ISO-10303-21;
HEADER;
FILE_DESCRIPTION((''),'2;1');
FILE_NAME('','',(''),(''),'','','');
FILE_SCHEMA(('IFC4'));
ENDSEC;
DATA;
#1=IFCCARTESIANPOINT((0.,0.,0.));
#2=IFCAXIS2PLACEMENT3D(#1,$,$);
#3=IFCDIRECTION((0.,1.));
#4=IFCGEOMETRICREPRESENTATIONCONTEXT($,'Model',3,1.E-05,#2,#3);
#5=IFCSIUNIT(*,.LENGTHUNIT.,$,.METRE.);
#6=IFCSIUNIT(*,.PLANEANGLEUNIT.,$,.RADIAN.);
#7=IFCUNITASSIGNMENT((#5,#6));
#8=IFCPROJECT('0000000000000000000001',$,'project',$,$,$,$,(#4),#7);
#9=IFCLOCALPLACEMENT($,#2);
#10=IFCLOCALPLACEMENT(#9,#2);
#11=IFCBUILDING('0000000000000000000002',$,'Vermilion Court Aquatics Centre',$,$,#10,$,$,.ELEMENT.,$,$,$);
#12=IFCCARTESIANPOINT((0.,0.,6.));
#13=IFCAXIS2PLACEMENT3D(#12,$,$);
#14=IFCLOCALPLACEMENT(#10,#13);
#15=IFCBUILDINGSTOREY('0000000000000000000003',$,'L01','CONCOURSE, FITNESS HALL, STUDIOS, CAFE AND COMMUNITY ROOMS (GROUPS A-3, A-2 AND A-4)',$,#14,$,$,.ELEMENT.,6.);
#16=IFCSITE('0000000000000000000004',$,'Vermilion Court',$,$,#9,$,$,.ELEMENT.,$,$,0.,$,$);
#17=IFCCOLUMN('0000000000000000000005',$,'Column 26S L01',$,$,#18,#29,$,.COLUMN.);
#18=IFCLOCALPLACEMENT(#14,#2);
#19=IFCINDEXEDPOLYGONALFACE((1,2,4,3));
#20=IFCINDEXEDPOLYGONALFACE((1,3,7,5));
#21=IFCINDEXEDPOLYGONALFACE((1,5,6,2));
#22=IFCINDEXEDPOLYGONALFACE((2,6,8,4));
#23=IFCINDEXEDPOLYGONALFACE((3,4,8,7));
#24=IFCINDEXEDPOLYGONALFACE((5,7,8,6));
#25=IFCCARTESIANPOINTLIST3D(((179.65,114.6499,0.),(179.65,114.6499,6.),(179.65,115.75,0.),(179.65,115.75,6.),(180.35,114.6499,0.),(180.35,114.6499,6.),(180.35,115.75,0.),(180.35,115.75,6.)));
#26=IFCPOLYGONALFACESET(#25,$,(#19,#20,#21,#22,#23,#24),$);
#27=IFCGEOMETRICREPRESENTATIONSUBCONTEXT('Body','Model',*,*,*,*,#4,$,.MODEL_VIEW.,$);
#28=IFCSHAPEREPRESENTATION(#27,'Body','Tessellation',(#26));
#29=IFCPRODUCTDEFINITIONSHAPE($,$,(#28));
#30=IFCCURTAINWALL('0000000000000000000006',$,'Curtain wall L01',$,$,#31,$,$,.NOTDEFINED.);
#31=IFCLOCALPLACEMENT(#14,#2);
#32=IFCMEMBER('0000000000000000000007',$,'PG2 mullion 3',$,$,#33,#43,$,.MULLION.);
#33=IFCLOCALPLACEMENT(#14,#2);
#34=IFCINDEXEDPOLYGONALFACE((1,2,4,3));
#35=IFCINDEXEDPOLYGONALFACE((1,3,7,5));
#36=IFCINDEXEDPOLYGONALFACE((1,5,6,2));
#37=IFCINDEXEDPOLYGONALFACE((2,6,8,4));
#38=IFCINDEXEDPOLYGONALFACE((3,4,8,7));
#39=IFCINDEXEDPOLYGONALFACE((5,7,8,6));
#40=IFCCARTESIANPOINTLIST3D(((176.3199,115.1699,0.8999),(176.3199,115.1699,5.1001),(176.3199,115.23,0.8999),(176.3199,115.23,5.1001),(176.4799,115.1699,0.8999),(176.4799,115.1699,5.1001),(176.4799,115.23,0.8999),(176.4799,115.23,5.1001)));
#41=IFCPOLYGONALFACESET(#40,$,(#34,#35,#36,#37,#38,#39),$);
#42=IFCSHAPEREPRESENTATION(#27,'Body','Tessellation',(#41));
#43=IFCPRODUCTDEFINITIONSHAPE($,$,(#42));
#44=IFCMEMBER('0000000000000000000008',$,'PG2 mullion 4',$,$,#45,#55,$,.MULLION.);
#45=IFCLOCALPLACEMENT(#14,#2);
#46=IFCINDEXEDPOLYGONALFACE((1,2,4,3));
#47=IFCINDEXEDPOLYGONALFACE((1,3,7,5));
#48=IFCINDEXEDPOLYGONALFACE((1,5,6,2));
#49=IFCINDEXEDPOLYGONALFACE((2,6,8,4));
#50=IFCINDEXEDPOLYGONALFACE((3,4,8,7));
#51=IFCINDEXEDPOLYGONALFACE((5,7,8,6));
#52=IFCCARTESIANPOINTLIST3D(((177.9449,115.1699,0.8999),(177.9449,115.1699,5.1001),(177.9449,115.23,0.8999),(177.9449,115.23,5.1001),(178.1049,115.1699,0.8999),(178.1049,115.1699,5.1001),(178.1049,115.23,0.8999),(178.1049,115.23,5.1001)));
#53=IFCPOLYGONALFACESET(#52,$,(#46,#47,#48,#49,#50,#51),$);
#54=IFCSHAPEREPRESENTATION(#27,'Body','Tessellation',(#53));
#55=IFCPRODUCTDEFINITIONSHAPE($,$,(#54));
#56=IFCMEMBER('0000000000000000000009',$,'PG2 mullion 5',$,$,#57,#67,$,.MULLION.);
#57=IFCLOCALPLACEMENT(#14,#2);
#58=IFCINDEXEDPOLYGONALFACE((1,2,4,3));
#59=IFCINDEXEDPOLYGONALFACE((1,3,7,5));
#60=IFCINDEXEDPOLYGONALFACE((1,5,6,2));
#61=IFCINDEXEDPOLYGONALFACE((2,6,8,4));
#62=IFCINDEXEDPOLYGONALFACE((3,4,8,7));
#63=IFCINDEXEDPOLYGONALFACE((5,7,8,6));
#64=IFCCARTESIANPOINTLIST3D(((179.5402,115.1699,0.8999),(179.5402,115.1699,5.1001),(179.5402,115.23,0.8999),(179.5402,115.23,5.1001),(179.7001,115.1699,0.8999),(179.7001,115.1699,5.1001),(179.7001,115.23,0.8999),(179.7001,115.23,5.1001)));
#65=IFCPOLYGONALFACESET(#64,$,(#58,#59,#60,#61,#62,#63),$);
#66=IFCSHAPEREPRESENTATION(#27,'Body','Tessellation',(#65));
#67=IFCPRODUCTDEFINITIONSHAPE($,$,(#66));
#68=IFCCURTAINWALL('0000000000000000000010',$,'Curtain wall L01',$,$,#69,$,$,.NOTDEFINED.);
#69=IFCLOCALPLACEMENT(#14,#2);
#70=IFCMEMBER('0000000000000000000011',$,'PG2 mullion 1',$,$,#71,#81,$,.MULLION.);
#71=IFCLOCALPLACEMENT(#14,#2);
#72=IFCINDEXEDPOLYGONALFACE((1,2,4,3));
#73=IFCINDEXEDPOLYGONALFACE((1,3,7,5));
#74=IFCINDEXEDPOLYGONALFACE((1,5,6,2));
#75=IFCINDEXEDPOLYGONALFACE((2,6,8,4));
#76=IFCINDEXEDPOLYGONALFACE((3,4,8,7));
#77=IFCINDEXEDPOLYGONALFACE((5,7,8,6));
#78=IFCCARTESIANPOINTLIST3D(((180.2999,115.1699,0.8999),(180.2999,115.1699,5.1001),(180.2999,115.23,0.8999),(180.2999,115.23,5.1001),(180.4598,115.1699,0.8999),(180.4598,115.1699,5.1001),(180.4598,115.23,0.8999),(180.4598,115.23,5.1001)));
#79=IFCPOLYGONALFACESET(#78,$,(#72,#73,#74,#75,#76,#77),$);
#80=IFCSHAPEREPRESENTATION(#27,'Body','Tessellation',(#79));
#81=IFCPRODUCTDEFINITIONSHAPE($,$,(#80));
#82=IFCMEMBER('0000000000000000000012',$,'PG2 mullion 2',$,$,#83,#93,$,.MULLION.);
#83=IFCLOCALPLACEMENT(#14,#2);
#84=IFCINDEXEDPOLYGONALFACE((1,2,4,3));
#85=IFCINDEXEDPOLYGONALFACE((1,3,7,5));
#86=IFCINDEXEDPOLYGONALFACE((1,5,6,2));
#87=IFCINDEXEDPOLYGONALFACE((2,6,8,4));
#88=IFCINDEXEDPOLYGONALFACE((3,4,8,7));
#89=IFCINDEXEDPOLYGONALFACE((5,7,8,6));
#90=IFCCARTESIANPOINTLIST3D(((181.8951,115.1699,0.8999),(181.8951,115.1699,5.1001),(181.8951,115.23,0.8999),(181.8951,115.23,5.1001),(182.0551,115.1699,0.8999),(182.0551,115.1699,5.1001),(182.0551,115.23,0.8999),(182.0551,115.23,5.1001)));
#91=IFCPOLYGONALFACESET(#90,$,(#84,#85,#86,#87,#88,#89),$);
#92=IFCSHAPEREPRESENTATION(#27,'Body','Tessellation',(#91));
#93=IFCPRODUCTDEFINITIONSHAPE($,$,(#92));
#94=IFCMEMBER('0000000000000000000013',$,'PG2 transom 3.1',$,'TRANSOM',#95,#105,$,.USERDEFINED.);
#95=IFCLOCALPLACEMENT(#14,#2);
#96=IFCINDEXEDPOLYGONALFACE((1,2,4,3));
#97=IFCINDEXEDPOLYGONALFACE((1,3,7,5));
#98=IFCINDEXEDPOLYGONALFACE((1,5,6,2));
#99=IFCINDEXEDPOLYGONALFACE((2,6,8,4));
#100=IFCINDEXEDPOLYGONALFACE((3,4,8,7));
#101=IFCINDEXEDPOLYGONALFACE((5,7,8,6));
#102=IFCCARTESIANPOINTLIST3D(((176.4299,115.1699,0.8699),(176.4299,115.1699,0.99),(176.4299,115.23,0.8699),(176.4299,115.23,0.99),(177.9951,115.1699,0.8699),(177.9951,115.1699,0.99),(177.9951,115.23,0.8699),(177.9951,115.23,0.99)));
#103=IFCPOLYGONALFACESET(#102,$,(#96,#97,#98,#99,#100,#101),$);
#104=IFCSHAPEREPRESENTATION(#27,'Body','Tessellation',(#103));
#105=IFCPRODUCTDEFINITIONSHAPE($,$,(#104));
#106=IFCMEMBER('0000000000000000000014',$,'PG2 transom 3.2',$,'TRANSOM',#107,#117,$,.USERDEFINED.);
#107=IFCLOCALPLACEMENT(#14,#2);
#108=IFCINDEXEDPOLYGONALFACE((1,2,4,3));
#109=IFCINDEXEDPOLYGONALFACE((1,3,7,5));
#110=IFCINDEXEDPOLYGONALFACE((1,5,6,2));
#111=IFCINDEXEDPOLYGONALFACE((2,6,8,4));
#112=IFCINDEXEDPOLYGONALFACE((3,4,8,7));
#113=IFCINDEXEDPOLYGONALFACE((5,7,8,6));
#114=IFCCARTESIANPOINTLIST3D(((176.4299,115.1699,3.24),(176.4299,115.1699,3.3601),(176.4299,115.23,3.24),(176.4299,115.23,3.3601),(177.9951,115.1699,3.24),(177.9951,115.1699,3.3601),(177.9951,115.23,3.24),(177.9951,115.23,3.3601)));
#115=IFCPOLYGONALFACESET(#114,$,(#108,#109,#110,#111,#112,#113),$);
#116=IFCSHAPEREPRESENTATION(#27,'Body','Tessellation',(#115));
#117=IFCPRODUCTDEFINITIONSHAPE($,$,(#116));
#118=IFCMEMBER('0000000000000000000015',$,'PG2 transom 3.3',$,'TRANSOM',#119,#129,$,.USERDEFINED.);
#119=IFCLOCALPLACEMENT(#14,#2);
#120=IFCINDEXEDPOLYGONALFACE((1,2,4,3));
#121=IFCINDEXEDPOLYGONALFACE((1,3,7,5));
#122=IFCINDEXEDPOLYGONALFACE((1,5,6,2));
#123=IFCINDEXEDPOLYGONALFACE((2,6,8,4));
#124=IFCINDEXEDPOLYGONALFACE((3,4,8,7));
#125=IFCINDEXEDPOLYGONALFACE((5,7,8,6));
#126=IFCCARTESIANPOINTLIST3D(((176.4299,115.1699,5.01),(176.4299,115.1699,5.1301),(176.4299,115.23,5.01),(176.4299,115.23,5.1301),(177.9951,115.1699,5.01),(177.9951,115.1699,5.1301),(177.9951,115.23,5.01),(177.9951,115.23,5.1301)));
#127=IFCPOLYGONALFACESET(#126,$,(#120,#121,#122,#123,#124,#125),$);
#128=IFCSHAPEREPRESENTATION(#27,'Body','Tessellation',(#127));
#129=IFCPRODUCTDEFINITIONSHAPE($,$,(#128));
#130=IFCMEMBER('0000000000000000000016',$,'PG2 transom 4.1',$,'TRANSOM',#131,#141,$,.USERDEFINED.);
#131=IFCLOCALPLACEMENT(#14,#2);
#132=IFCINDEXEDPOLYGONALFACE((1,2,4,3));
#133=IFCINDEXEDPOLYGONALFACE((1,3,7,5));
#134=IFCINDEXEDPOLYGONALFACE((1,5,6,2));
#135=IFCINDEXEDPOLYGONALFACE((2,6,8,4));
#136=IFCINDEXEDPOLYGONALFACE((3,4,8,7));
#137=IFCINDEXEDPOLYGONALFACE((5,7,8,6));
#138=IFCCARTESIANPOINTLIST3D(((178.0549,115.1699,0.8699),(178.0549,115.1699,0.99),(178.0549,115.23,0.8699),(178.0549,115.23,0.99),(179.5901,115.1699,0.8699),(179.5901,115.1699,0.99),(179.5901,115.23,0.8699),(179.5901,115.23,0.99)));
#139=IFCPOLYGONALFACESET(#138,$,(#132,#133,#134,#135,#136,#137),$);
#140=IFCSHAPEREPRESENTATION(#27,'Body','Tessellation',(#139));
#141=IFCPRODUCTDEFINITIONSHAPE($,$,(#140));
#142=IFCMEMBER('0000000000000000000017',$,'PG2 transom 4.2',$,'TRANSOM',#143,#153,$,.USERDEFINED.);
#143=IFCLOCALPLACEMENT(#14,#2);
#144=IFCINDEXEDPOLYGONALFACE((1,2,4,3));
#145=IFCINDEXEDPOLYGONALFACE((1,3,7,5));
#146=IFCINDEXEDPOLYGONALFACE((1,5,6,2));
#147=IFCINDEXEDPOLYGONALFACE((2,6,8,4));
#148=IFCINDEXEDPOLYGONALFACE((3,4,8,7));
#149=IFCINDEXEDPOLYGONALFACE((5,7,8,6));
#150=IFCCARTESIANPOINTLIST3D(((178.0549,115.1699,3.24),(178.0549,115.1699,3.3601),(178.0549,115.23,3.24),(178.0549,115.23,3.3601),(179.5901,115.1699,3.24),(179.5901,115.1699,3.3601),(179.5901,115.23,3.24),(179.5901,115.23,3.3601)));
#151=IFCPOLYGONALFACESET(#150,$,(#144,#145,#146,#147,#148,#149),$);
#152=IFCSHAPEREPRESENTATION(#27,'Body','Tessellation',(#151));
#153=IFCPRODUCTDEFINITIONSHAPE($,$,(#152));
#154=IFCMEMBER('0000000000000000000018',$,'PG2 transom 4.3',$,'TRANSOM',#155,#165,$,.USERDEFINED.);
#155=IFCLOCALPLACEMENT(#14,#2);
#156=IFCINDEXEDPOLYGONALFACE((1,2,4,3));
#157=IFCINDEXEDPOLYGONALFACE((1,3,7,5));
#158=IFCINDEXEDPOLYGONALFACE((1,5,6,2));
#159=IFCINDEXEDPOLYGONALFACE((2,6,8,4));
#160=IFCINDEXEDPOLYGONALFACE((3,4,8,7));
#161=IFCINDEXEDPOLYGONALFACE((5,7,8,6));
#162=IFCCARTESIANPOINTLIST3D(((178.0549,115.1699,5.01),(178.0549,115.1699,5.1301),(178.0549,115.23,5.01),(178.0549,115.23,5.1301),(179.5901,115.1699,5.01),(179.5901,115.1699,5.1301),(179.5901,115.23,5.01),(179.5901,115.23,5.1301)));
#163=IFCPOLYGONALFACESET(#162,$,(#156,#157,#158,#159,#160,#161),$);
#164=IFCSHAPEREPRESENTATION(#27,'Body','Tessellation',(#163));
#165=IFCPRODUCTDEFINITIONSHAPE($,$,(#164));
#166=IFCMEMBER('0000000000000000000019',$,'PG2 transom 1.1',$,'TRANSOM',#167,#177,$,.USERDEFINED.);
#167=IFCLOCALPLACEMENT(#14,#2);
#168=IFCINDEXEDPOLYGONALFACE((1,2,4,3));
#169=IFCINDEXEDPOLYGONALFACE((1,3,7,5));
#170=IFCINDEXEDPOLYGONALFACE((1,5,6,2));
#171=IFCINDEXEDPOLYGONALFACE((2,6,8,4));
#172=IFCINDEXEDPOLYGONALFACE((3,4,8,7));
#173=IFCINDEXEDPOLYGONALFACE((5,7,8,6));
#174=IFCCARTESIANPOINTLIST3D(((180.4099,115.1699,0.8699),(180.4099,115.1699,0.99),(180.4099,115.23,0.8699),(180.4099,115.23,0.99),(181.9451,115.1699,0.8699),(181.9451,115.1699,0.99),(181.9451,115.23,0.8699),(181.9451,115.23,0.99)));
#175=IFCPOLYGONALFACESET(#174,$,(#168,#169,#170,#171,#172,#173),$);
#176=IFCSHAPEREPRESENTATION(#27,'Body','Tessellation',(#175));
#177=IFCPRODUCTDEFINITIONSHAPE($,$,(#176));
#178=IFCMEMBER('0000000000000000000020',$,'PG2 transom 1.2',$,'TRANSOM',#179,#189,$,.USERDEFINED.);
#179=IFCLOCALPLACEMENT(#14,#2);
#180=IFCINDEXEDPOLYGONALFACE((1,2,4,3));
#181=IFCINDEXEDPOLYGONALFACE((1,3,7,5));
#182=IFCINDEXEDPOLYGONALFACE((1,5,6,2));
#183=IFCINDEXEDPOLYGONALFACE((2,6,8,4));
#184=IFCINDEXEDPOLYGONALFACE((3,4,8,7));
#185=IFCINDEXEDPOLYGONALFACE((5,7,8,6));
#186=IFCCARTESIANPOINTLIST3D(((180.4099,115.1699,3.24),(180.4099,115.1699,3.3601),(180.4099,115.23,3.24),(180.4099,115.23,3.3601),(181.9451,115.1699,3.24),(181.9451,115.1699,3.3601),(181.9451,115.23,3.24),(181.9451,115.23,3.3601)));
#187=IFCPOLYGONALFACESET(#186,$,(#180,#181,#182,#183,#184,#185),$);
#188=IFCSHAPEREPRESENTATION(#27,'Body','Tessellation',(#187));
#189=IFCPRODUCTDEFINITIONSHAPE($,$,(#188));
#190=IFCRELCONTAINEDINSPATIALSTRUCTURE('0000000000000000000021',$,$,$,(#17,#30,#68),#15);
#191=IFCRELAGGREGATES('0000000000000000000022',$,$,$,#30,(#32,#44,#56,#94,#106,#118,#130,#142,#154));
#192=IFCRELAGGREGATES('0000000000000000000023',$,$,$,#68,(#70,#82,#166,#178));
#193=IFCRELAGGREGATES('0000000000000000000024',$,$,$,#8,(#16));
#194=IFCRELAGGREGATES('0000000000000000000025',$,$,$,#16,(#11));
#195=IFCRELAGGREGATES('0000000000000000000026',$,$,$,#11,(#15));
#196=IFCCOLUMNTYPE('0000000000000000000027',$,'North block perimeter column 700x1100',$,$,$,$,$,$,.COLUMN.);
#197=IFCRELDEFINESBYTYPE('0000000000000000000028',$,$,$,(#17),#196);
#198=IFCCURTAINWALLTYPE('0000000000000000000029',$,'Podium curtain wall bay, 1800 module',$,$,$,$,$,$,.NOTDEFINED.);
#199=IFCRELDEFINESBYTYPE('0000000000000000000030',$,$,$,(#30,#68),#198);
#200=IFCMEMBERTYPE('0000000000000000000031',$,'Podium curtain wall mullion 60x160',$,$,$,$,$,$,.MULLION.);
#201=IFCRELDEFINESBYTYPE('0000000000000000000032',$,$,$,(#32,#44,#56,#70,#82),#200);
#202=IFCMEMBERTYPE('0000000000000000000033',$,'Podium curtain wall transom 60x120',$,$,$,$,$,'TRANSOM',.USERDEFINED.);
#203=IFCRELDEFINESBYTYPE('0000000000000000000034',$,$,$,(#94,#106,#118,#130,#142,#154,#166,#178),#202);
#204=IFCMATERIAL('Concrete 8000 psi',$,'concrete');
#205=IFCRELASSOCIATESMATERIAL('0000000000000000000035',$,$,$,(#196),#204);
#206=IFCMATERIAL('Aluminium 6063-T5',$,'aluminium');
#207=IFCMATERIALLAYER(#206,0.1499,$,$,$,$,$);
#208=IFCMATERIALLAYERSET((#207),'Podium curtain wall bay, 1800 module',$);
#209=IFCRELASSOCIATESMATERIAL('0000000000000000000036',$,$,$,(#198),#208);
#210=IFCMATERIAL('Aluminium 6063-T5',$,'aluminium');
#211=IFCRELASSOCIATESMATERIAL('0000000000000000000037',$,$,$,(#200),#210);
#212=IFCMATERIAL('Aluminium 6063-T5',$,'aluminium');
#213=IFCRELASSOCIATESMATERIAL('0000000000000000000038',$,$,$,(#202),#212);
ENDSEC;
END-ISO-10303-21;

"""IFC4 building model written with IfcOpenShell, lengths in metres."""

from ifc_helpers import new_model, si_unit, direction, frame, origin, origin_2d, place, context, subcontext, project, spatial, rectangle, extrude, material, layer, layer_set, material_profile, profile_set, type_object, element, aggregate, save


model = new_model("IFC4")

# Units and contexts
model_context = context("Model", 3, precision=1e-05, world=origin(), true_north=direction((0.0, 1.0)))
body_context = subcontext(model_context, "Body", "Model", "MODEL_VIEW")
ifc_project = project(units=[si_unit("LENGTHUNIT", "METRE"), si_unit("PLANEANGLEUNIT", "RADIAN")], contexts=[model_context])

# Site, building, storey
site_placement = place(None, origin())
site = spatial("IfcSite", under=ifc_project, at=site_placement, Name="Vermilion Court", CompositionType="ELEMENT", RefElevation=0.0)
building_placement = place(site_placement, origin())
building = spatial("IfcBuilding", under=site, at=building_placement, Name="Vermilion Court Aquatics Centre", CompositionType="ELEMENT")
storey_placement = place(building_placement, frame((0.0, 0.0, 6.0)))
storey = spatial("IfcBuildingStorey", under=building, at=storey_placement, Name="L01", Description="CONCOURSE, FITNESS HALL, STUDIOS, CAFE AND COMMUNITY ROOMS (GROUPS A-3, A-2 AND A-4)", CompositionType="ELEMENT", Elevation=6.0)

# Column
ifc_material_1 = material(Name="Concrete 8000 psi", Category="concrete")
ifc_material_profile_1 = material_profile(ifc_material_1, rectangle(XDim=0.7, YDim=1.1001, at=origin_2d()), Name="RC 700x1100")
ifc_profile_set_1 = profile_set([ifc_material_profile_1], Name="Concrete 8000 psi")
column_type = type_object("IfcColumnType", Name="North block perimeter column 700x1100", PredefinedType="COLUMN", material=ifc_profile_set_1)
column_placement = place(storey_placement, frame((180.0, 115.2, 0.0), z_axis=(0.0, 0.0, 1.0), x_axis=(1.0, 0.0, 0.0)))
element("IfcColumn", 1, at=column_placement, inside=storey, type_object=column_type, Name="Column 26S L01", PredefinedType="COLUMN", context=body_context, shape_type="SweptSolid", body=[
    extrude(rectangle(XDim=0.7, YDim=1.1001, at=origin_2d()), origin(), (0.0, 0.0, 1.0), 6.0),
])

# Curtain walls, members
ifc_material_2 = material(Name="Aluminium 6063-T5", Category="aluminium")
ifc_layer_1 = layer(ifc_material_2, 0.1499)
ifc_layer_set_1 = layer_set([ifc_layer_1], Name="Podium curtain wall bay, 1800 module")
curtain_wall_type = type_object("IfcCurtainWallType", Name="Podium curtain wall bay, 1800 module", PredefinedType="NOTDEFINED", material=ifc_layer_set_1)
curtain_wall_1_placement = place(storey_placement, origin())
curtain_wall_1 = element("IfcCurtainWall", 2, at=curtain_wall_1_placement, inside=storey, type_object=curtain_wall_type, Name="Curtain wall L01", PredefinedType="NOTDEFINED")
ifc_material_3 = material(Name="Aluminium 6063-T5", Category="aluminium")
ifc_material_profile_2 = material_profile(ifc_material_3, rectangle(XDim=0.0601, YDim=0.1599, at=origin_2d()), Name="Mullion 60x160")
ifc_profile_set_2 = profile_set([ifc_material_profile_2], Name="Aluminium 6063-T5")
member_type_1 = type_object("IfcMemberType", Name="Podium curtain wall mullion 60x160", PredefinedType="MULLION", material=ifc_profile_set_2)
member_1_placement = place(storey_placement, frame((176.3999, 115.2, 0.8999), z_axis=(0.0, 0.0, 1.0), x_axis=(0.0, 1.0, 0.0)))
member_1 = element("IfcMember", 3, at=member_1_placement, type_object=member_type_1, Name="PG2 mullion 3", PredefinedType="MULLION", context=body_context, shape_type="SweptSolid", body=[
    extrude(rectangle(XDim=0.0601, YDim=0.1599, at=origin_2d()), origin(), (0.0, 0.0, 1.0), 4.2002),
])
member_2_placement = place(storey_placement, frame((178.0249, 115.2, 0.8999), z_axis=(0.0, 0.0, 1.0), x_axis=(0.0, 1.0, 0.0)))
member_2 = element("IfcMember", 4, at=member_2_placement, type_object=member_type_1, Name="PG2 mullion 4", PredefinedType="MULLION", context=body_context, shape_type="SweptSolid", body=[
    extrude(rectangle(XDim=0.0601, YDim=0.1599, at=origin_2d()), origin(), (0.0, 0.0, 1.0), 4.2002),
])
member_3_placement = place(storey_placement, frame((179.6201, 115.2, 0.8999), z_axis=(0.0, 0.0, 1.0), x_axis=(0.0, 1.0, 0.0)))
member_3 = element("IfcMember", 5, at=member_3_placement, type_object=member_type_1, Name="PG2 mullion 5", PredefinedType="MULLION", context=body_context, shape_type="SweptSolid", body=[
    extrude(rectangle(XDim=0.0601, YDim=0.1599, at=origin_2d()), origin(), (0.0, 0.0, 1.0), 4.2002),
])
curtain_wall_2_placement = place(storey_placement, origin())
curtain_wall_2 = element("IfcCurtainWall", 6, at=curtain_wall_2_placement, inside=storey, type_object=curtain_wall_type, Name="Curtain wall L01", PredefinedType="NOTDEFINED")
member_4_placement = place(storey_placement, frame((180.3799, 115.2, 0.8999), z_axis=(0.0, 0.0, 1.0), x_axis=(0.0, 1.0, 0.0)))
member_4 = element("IfcMember", 7, at=member_4_placement, type_object=member_type_1, Name="PG2 mullion 1", PredefinedType="MULLION", context=body_context, shape_type="SweptSolid", body=[
    extrude(rectangle(XDim=0.0601, YDim=0.1599, at=origin_2d()), origin(), (0.0, 0.0, 1.0), 4.2002),
])
member_5_placement = place(storey_placement, frame((181.9751, 115.2, 0.8999), z_axis=(0.0, 0.0, 1.0), x_axis=(0.0, 1.0, 0.0)))
member_5 = element("IfcMember", 8, at=member_5_placement, type_object=member_type_1, Name="PG2 mullion 2", PredefinedType="MULLION", context=body_context, shape_type="SweptSolid", body=[
    extrude(rectangle(XDim=0.0601, YDim=0.1599, at=origin_2d()), origin(), (0.0, 0.0, 1.0), 4.2002),
])

# Members
ifc_material_4 = material(Name="Aluminium 6063-T5", Category="aluminium")
ifc_material_profile_3 = material_profile(ifc_material_4, rectangle(XDim=0.0601, YDim=0.1201, at=origin_2d()), Name="Transom 60x120")
ifc_profile_set_3 = profile_set([ifc_material_profile_3], Name="Aluminium 6063-T5")
member_type_2 = type_object("IfcMemberType", Name="Podium curtain wall transom 60x120", ElementType="TRANSOM", PredefinedType="USERDEFINED", material=ifc_profile_set_3)
member_6_placement = place(storey_placement, frame((176.4299, 115.2, 0.9299), z_axis=(1.0, 0.0, 0.0), x_axis=(0.0, 1.0, 0.0)))
member_6 = element("IfcMember", 9, at=member_6_placement, type_object=member_type_2, Name="PG2 transom 3.1", ObjectType="TRANSOM", PredefinedType="USERDEFINED", context=body_context, shape_type="SweptSolid", body=[
    extrude(rectangle(XDim=0.0601, YDim=0.1201, at=origin_2d()), origin(), (0.0, 0.0, 1.0), 1.5652),
])
member_7_placement = place(storey_placement, frame((176.4299, 115.2, 3.3), z_axis=(1.0, 0.0, 0.0), x_axis=(0.0, 1.0, 0.0)))
member_7 = element("IfcMember", 10, at=member_7_placement, type_object=member_type_2, Name="PG2 transom 3.2", ObjectType="TRANSOM", PredefinedType="USERDEFINED", context=body_context, shape_type="SweptSolid", body=[
    extrude(rectangle(XDim=0.0601, YDim=0.1201, at=origin_2d()), origin(), (0.0, 0.0, 1.0), 1.5652),
])
member_8_placement = place(storey_placement, frame((176.4299, 115.2, 5.0701), z_axis=(1.0, 0.0, 0.0), x_axis=(0.0, 1.0, 0.0)))
member_8 = element("IfcMember", 11, at=member_8_placement, type_object=member_type_2, Name="PG2 transom 3.3", ObjectType="TRANSOM", PredefinedType="USERDEFINED", context=body_context, shape_type="SweptSolid", body=[
    extrude(rectangle(XDim=0.0601, YDim=0.1201, at=origin_2d()), origin(), (0.0, 0.0, 1.0), 1.5652),
])
member_9_placement = place(storey_placement, frame((178.0549, 115.2, 0.9299), z_axis=(1.0, 0.0, 0.0), x_axis=(0.0, 1.0, 0.0)))
member_9 = element("IfcMember", 12, at=member_9_placement, type_object=member_type_2, Name="PG2 transom 4.1", ObjectType="TRANSOM", PredefinedType="USERDEFINED", context=body_context, shape_type="SweptSolid", body=[
    extrude(rectangle(XDim=0.0601, YDim=0.1201, at=origin_2d()), origin(), (0.0, 0.0, 1.0), 1.5352),
])
member_10_placement = place(storey_placement, frame((178.0549, 115.2, 3.3), z_axis=(1.0, 0.0, 0.0), x_axis=(0.0, 1.0, 0.0)))
member_10 = element("IfcMember", 13, at=member_10_placement, type_object=member_type_2, Name="PG2 transom 4.2", ObjectType="TRANSOM", PredefinedType="USERDEFINED", context=body_context, shape_type="SweptSolid", body=[
    extrude(rectangle(XDim=0.0601, YDim=0.1201, at=origin_2d()), origin(), (0.0, 0.0, 1.0), 1.5352),
])
member_11_placement = place(storey_placement, frame((178.0549, 115.2, 5.0701), z_axis=(1.0, 0.0, 0.0), x_axis=(0.0, 1.0, 0.0)))
member_11 = element("IfcMember", 14, at=member_11_placement, type_object=member_type_2, Name="PG2 transom 4.3", ObjectType="TRANSOM", PredefinedType="USERDEFINED", context=body_context, shape_type="SweptSolid", body=[
    extrude(rectangle(XDim=0.0601, YDim=0.1201, at=origin_2d()), origin(), (0.0, 0.0, 1.0), 1.5352),
])
member_12_placement = place(storey_placement, frame((180.4099, 115.2, 0.9299), z_axis=(1.0, 0.0, 0.0), x_axis=(0.0, 1.0, 0.0)))
member_12 = element("IfcMember", 15, at=member_12_placement, type_object=member_type_2, Name="PG2 transom 1.1", ObjectType="TRANSOM", PredefinedType="USERDEFINED", context=body_context, shape_type="SweptSolid", body=[
    extrude(rectangle(XDim=0.0601, YDim=0.1201, at=origin_2d()), origin(), (0.0, 0.0, 1.0), 1.5352),
])
member_13_placement = place(storey_placement, frame((180.4099, 115.2, 3.3), z_axis=(1.0, 0.0, 0.0), x_axis=(0.0, 1.0, 0.0)))
member_13 = element("IfcMember", 16, at=member_13_placement, type_object=member_type_2, Name="PG2 transom 1.2", ObjectType="TRANSOM", PredefinedType="USERDEFINED", context=body_context, shape_type="SweptSolid", body=[
    extrude(rectangle(XDim=0.0601, YDim=0.1201, at=origin_2d()), origin(), (0.0, 0.0, 1.0), 1.5352),
])

aggregate(curtain_wall_1, [member_1, member_2, member_3, member_6, member_7, member_8, member_9, member_10, member_11])
aggregate(curtain_wall_2, [member_4, member_5, member_12, member_13])

save(model, "model.ifc")
